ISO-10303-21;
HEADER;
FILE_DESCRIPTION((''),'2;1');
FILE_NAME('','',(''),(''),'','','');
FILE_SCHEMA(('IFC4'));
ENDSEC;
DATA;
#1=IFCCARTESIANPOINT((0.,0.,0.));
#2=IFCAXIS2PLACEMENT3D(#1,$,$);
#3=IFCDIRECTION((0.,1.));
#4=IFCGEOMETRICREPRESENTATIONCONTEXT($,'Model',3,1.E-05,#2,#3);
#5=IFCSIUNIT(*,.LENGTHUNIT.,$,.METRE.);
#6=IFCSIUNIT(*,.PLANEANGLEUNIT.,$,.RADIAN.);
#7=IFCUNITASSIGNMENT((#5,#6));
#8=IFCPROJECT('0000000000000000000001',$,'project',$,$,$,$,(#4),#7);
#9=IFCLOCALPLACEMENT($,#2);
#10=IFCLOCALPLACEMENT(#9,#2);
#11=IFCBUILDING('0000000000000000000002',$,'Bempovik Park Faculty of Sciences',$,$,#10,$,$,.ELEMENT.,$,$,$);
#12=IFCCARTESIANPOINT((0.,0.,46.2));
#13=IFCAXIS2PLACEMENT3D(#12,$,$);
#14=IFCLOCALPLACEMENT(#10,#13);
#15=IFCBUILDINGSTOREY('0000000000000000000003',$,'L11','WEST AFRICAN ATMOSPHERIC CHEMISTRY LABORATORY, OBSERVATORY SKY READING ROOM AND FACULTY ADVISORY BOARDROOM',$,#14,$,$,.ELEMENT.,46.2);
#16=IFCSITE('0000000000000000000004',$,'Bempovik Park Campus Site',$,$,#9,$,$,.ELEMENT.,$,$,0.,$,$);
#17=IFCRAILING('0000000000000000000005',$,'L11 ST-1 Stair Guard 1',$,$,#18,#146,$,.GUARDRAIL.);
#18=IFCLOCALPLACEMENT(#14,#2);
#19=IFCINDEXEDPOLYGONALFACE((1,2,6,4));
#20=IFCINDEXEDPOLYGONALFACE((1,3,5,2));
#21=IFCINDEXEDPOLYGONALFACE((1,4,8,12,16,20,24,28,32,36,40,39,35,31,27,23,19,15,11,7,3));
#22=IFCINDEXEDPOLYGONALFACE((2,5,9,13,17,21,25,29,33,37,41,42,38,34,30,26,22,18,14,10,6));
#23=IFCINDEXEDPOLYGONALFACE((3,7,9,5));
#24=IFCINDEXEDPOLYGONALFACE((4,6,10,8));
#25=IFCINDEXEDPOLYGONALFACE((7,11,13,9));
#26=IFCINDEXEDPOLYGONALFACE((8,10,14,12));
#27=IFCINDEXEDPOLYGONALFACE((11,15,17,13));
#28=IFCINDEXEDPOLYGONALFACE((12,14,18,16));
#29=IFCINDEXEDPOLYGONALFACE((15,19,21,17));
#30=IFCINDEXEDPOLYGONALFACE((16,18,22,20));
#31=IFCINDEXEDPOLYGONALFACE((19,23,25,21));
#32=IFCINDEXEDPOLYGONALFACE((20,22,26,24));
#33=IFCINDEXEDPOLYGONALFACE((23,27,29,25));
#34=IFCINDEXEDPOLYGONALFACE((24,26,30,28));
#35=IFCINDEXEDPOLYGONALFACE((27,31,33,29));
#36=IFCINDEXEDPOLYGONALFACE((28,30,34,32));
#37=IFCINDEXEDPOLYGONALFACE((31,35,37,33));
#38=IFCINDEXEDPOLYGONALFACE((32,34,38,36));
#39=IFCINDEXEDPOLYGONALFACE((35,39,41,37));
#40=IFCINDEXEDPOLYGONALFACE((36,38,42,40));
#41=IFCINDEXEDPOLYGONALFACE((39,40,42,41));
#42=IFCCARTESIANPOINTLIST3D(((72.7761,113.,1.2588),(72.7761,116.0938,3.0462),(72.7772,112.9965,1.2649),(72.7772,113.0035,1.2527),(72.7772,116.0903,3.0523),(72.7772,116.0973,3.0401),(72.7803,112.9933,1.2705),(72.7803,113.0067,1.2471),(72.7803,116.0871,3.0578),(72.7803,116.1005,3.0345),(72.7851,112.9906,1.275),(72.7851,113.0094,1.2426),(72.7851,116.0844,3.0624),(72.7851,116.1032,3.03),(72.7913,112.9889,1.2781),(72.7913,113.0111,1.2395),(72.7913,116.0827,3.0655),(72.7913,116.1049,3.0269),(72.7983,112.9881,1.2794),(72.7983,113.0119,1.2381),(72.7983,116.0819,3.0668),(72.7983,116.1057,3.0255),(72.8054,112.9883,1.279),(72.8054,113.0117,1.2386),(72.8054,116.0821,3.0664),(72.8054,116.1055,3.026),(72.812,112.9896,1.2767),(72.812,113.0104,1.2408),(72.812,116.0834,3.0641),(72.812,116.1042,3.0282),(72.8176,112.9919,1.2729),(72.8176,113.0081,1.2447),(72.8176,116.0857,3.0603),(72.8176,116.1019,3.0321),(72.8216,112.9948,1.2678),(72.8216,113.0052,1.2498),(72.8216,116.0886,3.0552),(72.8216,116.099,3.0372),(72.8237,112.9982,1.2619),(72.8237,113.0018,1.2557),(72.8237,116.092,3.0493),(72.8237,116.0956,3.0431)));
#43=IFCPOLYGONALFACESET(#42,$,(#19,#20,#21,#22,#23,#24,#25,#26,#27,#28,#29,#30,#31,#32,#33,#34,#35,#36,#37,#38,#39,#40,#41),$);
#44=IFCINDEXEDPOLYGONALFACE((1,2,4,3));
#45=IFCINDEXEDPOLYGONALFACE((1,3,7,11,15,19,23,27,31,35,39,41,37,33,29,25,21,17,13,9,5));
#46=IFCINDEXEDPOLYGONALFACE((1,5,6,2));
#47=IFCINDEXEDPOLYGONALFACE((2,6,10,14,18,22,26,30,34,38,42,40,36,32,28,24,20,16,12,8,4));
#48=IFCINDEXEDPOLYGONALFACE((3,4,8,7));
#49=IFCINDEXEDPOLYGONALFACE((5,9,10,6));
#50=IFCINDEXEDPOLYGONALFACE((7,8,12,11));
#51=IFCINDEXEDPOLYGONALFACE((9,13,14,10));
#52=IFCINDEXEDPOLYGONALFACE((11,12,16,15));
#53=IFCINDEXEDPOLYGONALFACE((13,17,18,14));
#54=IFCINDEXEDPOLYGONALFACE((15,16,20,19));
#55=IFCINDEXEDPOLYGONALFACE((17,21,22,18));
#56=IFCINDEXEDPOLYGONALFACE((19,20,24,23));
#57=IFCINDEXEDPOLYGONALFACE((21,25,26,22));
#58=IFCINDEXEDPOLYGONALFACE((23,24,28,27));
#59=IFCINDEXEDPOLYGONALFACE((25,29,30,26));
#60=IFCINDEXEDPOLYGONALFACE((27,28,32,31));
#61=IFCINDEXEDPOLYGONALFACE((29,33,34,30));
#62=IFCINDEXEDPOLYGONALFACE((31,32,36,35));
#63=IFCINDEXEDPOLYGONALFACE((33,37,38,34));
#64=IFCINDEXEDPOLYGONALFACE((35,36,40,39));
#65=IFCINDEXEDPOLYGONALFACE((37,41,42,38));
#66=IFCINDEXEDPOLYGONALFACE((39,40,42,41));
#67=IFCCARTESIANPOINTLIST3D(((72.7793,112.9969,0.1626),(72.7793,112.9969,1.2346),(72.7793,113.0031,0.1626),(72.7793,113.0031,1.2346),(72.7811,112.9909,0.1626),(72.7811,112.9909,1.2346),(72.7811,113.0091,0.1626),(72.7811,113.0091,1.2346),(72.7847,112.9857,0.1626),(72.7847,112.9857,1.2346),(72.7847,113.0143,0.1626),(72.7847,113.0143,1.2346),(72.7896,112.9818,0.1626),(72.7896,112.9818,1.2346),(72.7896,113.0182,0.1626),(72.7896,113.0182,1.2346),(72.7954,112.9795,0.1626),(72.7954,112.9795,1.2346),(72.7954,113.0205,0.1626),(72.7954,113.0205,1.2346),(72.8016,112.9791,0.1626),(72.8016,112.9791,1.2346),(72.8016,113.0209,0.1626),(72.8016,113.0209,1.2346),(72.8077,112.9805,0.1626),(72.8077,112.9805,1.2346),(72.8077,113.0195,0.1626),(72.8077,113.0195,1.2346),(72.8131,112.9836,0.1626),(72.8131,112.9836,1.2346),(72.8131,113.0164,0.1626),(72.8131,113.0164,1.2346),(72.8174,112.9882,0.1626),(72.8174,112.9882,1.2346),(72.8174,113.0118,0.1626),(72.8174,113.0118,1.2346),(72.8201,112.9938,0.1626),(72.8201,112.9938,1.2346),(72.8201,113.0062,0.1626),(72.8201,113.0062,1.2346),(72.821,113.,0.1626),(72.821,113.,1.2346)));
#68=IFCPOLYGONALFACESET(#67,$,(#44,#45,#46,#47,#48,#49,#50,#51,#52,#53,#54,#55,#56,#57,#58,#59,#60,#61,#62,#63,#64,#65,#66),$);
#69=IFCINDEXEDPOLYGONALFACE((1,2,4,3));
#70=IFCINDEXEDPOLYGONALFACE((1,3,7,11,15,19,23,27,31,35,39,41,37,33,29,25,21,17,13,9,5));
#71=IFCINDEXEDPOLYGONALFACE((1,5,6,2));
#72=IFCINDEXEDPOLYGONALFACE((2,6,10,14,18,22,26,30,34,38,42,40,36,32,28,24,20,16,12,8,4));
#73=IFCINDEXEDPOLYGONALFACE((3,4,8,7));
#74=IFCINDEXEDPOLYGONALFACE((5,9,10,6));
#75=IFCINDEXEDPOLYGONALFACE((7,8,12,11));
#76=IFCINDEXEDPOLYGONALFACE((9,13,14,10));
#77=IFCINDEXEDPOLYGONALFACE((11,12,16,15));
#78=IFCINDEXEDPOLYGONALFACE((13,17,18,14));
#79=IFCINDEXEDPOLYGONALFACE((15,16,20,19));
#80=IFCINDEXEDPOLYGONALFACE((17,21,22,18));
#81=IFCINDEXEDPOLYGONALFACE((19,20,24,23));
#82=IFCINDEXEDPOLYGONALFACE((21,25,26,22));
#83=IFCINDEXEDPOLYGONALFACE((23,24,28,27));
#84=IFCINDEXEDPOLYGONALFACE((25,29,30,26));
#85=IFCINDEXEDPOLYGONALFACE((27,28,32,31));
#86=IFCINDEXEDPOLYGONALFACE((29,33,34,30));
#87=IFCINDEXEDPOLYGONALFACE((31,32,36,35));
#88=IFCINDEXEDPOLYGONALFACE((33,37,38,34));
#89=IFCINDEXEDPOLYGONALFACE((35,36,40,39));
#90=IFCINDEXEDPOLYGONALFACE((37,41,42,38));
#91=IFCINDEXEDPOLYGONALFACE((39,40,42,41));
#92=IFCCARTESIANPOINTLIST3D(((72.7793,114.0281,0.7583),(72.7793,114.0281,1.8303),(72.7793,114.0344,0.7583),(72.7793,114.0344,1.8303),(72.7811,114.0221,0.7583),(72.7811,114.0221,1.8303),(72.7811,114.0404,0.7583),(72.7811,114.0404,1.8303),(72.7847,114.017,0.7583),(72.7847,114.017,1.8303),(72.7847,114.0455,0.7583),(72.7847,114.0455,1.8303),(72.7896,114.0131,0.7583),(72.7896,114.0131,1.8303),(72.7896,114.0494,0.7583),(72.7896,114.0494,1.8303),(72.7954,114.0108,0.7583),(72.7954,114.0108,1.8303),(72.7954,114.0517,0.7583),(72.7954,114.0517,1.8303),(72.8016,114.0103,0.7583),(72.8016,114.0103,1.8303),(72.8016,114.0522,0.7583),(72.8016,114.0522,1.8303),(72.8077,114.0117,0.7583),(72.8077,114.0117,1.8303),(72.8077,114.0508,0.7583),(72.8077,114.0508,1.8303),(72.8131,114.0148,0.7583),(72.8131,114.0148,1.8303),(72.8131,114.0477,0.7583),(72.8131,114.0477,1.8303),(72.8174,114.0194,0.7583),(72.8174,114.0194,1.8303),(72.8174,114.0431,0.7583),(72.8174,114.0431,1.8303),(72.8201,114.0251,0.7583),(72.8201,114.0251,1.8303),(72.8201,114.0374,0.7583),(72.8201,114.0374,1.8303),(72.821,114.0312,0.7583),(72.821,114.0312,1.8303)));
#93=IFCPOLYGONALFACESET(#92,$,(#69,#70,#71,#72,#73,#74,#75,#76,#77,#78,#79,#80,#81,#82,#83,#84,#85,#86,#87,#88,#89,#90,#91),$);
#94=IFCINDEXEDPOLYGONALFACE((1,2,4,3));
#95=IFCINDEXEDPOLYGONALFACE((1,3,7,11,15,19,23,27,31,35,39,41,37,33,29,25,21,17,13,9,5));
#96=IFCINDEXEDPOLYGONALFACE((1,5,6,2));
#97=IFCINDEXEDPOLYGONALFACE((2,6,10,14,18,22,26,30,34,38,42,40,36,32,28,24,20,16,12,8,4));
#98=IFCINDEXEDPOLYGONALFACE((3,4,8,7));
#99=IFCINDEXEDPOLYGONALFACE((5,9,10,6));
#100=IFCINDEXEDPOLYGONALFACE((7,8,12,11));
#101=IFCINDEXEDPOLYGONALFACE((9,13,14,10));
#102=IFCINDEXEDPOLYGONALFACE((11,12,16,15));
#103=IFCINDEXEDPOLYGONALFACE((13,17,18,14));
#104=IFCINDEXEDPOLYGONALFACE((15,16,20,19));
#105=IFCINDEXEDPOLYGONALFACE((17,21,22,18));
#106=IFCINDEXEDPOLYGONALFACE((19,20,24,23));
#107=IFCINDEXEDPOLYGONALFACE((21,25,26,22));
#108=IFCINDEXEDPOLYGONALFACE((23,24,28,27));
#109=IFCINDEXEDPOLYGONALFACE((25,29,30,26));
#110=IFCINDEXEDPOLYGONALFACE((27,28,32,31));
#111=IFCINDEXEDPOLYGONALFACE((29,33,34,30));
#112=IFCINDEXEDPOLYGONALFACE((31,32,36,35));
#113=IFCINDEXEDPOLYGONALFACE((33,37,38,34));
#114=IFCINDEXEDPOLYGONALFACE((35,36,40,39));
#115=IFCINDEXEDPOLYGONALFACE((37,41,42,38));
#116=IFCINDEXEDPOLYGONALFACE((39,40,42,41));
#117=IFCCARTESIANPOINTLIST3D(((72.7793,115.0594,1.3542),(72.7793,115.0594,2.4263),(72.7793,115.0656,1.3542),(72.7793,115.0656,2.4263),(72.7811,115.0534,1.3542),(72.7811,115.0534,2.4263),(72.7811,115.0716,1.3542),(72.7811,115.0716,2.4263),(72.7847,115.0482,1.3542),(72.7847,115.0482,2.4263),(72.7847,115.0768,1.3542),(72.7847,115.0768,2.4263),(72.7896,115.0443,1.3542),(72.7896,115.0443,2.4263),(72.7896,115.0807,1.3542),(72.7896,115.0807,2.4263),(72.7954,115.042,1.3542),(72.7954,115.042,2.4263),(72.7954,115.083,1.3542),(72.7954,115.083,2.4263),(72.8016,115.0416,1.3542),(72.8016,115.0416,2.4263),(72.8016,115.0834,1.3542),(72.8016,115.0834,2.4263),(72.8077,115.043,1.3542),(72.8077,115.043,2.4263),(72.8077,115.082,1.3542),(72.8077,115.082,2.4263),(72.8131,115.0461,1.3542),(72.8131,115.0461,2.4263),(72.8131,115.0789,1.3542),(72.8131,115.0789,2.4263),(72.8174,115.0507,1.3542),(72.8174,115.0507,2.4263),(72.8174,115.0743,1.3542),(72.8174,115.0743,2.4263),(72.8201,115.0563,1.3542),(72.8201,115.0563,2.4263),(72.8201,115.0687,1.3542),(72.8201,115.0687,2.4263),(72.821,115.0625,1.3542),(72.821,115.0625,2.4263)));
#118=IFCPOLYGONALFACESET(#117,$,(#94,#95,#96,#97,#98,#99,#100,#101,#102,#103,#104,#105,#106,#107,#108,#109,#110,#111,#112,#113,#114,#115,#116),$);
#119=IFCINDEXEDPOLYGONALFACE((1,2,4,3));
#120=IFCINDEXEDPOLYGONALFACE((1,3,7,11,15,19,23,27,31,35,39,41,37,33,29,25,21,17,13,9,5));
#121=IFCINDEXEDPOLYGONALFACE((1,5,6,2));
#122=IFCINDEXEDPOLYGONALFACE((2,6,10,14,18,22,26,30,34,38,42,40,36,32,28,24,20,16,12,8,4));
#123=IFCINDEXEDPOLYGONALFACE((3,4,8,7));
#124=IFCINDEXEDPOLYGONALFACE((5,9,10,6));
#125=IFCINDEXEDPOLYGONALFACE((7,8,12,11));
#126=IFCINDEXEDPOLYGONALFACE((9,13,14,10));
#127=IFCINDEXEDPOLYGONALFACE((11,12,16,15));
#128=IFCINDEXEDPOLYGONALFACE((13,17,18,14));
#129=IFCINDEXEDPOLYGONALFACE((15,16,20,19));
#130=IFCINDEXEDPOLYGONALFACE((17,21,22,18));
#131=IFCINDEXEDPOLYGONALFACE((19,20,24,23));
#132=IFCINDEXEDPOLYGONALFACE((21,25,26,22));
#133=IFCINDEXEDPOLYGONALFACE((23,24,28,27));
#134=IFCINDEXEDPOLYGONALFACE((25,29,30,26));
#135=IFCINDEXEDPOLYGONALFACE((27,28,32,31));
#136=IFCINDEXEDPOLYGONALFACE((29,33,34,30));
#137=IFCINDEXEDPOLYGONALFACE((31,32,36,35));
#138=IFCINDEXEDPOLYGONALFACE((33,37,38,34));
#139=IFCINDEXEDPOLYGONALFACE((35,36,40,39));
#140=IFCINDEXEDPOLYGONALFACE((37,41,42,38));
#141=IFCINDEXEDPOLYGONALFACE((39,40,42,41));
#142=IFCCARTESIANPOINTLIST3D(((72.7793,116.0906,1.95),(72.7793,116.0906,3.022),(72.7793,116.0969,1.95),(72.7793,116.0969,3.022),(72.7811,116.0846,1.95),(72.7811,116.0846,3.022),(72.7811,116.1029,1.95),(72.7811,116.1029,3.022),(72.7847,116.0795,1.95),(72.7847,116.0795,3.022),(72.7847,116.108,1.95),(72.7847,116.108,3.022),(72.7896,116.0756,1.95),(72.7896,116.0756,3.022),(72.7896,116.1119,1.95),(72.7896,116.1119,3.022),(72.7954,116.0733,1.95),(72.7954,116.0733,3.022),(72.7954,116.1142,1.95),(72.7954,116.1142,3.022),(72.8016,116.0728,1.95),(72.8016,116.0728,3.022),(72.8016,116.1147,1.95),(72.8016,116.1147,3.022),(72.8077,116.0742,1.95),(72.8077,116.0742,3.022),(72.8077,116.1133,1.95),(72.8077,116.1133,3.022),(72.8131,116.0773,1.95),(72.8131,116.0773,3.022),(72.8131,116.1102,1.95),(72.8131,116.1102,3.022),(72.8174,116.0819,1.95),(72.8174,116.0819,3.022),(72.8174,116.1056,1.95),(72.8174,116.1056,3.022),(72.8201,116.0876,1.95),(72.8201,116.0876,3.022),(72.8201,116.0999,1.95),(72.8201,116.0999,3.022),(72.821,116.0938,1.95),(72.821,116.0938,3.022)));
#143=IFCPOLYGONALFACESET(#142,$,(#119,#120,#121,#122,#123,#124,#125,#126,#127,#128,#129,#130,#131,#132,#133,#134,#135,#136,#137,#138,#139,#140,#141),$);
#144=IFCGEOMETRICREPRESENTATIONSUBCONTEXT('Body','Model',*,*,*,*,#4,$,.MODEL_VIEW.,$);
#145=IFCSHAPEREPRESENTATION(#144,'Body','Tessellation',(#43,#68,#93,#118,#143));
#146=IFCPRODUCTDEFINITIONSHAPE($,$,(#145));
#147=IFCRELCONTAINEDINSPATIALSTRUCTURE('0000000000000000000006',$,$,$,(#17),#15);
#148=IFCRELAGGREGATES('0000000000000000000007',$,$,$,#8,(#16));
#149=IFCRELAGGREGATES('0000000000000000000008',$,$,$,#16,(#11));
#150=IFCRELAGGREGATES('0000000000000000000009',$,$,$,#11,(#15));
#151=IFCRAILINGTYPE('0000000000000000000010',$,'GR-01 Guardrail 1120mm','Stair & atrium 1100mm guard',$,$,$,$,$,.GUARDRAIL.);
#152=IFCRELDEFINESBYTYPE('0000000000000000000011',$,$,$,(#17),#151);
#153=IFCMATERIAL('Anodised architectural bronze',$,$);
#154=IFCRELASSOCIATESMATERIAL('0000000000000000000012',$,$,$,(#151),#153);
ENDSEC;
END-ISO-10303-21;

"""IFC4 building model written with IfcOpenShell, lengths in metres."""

from ifc_helpers import new_model, si_unit, direction, frame, origin, origin_2d, place, context, subcontext, project, spatial, circle, extrude, material, type_object, element, save


model = new_model("IFC4")

# Units and contexts
model_context = context("Model", 3, precision=1e-05, world=origin(), true_north=direction((0.0, 1.0)))
body_context = subcontext(model_context, "Body", "Model", "MODEL_VIEW")
ifc_project = project(units=[si_unit("LENGTHUNIT", "METRE"), si_unit("PLANEANGLEUNIT", "RADIAN")], contexts=[model_context])

# Site, building, storey
site_placement = place(None, origin())
site = spatial("IfcSite", under=ifc_project, at=site_placement, Name="Bempovik Park Campus Site", CompositionType="ELEMENT", RefElevation=0.0)
building_placement = place(site_placement, origin())
building = spatial("IfcBuilding", under=site, at=building_placement, Name="Bempovik Park Faculty of Sciences", CompositionType="ELEMENT")
storey_placement = place(building_placement, frame((0.0, 0.0, 46.2)))
storey = spatial("IfcBuildingStorey", under=building, at=storey_placement, Name="L11", Description="WEST AFRICAN ATMOSPHERIC CHEMISTRY LABORATORY, OBSERVATORY SKY READING ROOM AND FACULTY ADVISORY BOARDROOM", CompositionType="ELEMENT", Elevation=46.2)

# Railing
ifc_material_1 = material(Name="Anodised architectural bronze")
railing_type_1 = type_object("IfcRailingType", Name="GR-01 Guardrail 1120mm", Description="Stair & atrium 1100mm guard", PredefinedType="GUARDRAIL", material=ifc_material_1)
railing_1_placement = place(storey_placement, frame((72.8, 113.0, 0.1626)))
element("IfcRailing", 1, at=railing_1_placement, inside=storey, type_object=railing_type_1, Name="L11 ST-1 Stair Guard 1", PredefinedType="GUARDRAIL", context=body_context, shape_type="SweptSolid", body=[
    extrude(circle(Radius=0.0239, at=origin_2d()), frame((0.0, 0.0, 1.0962), z_axis=(0.0, 0.865883, 0.500247), x_axis=(-1.0, 0.0, 0.0)), (0.0, 0.0, 1.0), 3.573),
    extrude(circle(Radius=0.021, at=origin_2d()), origin(), (0.0, 0.0, 1.0), 1.072),
    extrude(circle(Radius=0.021, at=origin_2d()), frame((0.0, 1.0312, 0.5957)), (0.0, 0.0, 1.0), 1.072),
    extrude(circle(Radius=0.021, at=origin_2d()), frame((0.0, 2.0625, 1.1917)), (0.0, 0.0, 1.0), 1.072),
    extrude(circle(Radius=0.021, at=origin_2d()), frame((0.0, 3.0938, 1.7874)), (0.0, 0.0, 1.0), 1.072),
])

save(model, "model.ifc")
